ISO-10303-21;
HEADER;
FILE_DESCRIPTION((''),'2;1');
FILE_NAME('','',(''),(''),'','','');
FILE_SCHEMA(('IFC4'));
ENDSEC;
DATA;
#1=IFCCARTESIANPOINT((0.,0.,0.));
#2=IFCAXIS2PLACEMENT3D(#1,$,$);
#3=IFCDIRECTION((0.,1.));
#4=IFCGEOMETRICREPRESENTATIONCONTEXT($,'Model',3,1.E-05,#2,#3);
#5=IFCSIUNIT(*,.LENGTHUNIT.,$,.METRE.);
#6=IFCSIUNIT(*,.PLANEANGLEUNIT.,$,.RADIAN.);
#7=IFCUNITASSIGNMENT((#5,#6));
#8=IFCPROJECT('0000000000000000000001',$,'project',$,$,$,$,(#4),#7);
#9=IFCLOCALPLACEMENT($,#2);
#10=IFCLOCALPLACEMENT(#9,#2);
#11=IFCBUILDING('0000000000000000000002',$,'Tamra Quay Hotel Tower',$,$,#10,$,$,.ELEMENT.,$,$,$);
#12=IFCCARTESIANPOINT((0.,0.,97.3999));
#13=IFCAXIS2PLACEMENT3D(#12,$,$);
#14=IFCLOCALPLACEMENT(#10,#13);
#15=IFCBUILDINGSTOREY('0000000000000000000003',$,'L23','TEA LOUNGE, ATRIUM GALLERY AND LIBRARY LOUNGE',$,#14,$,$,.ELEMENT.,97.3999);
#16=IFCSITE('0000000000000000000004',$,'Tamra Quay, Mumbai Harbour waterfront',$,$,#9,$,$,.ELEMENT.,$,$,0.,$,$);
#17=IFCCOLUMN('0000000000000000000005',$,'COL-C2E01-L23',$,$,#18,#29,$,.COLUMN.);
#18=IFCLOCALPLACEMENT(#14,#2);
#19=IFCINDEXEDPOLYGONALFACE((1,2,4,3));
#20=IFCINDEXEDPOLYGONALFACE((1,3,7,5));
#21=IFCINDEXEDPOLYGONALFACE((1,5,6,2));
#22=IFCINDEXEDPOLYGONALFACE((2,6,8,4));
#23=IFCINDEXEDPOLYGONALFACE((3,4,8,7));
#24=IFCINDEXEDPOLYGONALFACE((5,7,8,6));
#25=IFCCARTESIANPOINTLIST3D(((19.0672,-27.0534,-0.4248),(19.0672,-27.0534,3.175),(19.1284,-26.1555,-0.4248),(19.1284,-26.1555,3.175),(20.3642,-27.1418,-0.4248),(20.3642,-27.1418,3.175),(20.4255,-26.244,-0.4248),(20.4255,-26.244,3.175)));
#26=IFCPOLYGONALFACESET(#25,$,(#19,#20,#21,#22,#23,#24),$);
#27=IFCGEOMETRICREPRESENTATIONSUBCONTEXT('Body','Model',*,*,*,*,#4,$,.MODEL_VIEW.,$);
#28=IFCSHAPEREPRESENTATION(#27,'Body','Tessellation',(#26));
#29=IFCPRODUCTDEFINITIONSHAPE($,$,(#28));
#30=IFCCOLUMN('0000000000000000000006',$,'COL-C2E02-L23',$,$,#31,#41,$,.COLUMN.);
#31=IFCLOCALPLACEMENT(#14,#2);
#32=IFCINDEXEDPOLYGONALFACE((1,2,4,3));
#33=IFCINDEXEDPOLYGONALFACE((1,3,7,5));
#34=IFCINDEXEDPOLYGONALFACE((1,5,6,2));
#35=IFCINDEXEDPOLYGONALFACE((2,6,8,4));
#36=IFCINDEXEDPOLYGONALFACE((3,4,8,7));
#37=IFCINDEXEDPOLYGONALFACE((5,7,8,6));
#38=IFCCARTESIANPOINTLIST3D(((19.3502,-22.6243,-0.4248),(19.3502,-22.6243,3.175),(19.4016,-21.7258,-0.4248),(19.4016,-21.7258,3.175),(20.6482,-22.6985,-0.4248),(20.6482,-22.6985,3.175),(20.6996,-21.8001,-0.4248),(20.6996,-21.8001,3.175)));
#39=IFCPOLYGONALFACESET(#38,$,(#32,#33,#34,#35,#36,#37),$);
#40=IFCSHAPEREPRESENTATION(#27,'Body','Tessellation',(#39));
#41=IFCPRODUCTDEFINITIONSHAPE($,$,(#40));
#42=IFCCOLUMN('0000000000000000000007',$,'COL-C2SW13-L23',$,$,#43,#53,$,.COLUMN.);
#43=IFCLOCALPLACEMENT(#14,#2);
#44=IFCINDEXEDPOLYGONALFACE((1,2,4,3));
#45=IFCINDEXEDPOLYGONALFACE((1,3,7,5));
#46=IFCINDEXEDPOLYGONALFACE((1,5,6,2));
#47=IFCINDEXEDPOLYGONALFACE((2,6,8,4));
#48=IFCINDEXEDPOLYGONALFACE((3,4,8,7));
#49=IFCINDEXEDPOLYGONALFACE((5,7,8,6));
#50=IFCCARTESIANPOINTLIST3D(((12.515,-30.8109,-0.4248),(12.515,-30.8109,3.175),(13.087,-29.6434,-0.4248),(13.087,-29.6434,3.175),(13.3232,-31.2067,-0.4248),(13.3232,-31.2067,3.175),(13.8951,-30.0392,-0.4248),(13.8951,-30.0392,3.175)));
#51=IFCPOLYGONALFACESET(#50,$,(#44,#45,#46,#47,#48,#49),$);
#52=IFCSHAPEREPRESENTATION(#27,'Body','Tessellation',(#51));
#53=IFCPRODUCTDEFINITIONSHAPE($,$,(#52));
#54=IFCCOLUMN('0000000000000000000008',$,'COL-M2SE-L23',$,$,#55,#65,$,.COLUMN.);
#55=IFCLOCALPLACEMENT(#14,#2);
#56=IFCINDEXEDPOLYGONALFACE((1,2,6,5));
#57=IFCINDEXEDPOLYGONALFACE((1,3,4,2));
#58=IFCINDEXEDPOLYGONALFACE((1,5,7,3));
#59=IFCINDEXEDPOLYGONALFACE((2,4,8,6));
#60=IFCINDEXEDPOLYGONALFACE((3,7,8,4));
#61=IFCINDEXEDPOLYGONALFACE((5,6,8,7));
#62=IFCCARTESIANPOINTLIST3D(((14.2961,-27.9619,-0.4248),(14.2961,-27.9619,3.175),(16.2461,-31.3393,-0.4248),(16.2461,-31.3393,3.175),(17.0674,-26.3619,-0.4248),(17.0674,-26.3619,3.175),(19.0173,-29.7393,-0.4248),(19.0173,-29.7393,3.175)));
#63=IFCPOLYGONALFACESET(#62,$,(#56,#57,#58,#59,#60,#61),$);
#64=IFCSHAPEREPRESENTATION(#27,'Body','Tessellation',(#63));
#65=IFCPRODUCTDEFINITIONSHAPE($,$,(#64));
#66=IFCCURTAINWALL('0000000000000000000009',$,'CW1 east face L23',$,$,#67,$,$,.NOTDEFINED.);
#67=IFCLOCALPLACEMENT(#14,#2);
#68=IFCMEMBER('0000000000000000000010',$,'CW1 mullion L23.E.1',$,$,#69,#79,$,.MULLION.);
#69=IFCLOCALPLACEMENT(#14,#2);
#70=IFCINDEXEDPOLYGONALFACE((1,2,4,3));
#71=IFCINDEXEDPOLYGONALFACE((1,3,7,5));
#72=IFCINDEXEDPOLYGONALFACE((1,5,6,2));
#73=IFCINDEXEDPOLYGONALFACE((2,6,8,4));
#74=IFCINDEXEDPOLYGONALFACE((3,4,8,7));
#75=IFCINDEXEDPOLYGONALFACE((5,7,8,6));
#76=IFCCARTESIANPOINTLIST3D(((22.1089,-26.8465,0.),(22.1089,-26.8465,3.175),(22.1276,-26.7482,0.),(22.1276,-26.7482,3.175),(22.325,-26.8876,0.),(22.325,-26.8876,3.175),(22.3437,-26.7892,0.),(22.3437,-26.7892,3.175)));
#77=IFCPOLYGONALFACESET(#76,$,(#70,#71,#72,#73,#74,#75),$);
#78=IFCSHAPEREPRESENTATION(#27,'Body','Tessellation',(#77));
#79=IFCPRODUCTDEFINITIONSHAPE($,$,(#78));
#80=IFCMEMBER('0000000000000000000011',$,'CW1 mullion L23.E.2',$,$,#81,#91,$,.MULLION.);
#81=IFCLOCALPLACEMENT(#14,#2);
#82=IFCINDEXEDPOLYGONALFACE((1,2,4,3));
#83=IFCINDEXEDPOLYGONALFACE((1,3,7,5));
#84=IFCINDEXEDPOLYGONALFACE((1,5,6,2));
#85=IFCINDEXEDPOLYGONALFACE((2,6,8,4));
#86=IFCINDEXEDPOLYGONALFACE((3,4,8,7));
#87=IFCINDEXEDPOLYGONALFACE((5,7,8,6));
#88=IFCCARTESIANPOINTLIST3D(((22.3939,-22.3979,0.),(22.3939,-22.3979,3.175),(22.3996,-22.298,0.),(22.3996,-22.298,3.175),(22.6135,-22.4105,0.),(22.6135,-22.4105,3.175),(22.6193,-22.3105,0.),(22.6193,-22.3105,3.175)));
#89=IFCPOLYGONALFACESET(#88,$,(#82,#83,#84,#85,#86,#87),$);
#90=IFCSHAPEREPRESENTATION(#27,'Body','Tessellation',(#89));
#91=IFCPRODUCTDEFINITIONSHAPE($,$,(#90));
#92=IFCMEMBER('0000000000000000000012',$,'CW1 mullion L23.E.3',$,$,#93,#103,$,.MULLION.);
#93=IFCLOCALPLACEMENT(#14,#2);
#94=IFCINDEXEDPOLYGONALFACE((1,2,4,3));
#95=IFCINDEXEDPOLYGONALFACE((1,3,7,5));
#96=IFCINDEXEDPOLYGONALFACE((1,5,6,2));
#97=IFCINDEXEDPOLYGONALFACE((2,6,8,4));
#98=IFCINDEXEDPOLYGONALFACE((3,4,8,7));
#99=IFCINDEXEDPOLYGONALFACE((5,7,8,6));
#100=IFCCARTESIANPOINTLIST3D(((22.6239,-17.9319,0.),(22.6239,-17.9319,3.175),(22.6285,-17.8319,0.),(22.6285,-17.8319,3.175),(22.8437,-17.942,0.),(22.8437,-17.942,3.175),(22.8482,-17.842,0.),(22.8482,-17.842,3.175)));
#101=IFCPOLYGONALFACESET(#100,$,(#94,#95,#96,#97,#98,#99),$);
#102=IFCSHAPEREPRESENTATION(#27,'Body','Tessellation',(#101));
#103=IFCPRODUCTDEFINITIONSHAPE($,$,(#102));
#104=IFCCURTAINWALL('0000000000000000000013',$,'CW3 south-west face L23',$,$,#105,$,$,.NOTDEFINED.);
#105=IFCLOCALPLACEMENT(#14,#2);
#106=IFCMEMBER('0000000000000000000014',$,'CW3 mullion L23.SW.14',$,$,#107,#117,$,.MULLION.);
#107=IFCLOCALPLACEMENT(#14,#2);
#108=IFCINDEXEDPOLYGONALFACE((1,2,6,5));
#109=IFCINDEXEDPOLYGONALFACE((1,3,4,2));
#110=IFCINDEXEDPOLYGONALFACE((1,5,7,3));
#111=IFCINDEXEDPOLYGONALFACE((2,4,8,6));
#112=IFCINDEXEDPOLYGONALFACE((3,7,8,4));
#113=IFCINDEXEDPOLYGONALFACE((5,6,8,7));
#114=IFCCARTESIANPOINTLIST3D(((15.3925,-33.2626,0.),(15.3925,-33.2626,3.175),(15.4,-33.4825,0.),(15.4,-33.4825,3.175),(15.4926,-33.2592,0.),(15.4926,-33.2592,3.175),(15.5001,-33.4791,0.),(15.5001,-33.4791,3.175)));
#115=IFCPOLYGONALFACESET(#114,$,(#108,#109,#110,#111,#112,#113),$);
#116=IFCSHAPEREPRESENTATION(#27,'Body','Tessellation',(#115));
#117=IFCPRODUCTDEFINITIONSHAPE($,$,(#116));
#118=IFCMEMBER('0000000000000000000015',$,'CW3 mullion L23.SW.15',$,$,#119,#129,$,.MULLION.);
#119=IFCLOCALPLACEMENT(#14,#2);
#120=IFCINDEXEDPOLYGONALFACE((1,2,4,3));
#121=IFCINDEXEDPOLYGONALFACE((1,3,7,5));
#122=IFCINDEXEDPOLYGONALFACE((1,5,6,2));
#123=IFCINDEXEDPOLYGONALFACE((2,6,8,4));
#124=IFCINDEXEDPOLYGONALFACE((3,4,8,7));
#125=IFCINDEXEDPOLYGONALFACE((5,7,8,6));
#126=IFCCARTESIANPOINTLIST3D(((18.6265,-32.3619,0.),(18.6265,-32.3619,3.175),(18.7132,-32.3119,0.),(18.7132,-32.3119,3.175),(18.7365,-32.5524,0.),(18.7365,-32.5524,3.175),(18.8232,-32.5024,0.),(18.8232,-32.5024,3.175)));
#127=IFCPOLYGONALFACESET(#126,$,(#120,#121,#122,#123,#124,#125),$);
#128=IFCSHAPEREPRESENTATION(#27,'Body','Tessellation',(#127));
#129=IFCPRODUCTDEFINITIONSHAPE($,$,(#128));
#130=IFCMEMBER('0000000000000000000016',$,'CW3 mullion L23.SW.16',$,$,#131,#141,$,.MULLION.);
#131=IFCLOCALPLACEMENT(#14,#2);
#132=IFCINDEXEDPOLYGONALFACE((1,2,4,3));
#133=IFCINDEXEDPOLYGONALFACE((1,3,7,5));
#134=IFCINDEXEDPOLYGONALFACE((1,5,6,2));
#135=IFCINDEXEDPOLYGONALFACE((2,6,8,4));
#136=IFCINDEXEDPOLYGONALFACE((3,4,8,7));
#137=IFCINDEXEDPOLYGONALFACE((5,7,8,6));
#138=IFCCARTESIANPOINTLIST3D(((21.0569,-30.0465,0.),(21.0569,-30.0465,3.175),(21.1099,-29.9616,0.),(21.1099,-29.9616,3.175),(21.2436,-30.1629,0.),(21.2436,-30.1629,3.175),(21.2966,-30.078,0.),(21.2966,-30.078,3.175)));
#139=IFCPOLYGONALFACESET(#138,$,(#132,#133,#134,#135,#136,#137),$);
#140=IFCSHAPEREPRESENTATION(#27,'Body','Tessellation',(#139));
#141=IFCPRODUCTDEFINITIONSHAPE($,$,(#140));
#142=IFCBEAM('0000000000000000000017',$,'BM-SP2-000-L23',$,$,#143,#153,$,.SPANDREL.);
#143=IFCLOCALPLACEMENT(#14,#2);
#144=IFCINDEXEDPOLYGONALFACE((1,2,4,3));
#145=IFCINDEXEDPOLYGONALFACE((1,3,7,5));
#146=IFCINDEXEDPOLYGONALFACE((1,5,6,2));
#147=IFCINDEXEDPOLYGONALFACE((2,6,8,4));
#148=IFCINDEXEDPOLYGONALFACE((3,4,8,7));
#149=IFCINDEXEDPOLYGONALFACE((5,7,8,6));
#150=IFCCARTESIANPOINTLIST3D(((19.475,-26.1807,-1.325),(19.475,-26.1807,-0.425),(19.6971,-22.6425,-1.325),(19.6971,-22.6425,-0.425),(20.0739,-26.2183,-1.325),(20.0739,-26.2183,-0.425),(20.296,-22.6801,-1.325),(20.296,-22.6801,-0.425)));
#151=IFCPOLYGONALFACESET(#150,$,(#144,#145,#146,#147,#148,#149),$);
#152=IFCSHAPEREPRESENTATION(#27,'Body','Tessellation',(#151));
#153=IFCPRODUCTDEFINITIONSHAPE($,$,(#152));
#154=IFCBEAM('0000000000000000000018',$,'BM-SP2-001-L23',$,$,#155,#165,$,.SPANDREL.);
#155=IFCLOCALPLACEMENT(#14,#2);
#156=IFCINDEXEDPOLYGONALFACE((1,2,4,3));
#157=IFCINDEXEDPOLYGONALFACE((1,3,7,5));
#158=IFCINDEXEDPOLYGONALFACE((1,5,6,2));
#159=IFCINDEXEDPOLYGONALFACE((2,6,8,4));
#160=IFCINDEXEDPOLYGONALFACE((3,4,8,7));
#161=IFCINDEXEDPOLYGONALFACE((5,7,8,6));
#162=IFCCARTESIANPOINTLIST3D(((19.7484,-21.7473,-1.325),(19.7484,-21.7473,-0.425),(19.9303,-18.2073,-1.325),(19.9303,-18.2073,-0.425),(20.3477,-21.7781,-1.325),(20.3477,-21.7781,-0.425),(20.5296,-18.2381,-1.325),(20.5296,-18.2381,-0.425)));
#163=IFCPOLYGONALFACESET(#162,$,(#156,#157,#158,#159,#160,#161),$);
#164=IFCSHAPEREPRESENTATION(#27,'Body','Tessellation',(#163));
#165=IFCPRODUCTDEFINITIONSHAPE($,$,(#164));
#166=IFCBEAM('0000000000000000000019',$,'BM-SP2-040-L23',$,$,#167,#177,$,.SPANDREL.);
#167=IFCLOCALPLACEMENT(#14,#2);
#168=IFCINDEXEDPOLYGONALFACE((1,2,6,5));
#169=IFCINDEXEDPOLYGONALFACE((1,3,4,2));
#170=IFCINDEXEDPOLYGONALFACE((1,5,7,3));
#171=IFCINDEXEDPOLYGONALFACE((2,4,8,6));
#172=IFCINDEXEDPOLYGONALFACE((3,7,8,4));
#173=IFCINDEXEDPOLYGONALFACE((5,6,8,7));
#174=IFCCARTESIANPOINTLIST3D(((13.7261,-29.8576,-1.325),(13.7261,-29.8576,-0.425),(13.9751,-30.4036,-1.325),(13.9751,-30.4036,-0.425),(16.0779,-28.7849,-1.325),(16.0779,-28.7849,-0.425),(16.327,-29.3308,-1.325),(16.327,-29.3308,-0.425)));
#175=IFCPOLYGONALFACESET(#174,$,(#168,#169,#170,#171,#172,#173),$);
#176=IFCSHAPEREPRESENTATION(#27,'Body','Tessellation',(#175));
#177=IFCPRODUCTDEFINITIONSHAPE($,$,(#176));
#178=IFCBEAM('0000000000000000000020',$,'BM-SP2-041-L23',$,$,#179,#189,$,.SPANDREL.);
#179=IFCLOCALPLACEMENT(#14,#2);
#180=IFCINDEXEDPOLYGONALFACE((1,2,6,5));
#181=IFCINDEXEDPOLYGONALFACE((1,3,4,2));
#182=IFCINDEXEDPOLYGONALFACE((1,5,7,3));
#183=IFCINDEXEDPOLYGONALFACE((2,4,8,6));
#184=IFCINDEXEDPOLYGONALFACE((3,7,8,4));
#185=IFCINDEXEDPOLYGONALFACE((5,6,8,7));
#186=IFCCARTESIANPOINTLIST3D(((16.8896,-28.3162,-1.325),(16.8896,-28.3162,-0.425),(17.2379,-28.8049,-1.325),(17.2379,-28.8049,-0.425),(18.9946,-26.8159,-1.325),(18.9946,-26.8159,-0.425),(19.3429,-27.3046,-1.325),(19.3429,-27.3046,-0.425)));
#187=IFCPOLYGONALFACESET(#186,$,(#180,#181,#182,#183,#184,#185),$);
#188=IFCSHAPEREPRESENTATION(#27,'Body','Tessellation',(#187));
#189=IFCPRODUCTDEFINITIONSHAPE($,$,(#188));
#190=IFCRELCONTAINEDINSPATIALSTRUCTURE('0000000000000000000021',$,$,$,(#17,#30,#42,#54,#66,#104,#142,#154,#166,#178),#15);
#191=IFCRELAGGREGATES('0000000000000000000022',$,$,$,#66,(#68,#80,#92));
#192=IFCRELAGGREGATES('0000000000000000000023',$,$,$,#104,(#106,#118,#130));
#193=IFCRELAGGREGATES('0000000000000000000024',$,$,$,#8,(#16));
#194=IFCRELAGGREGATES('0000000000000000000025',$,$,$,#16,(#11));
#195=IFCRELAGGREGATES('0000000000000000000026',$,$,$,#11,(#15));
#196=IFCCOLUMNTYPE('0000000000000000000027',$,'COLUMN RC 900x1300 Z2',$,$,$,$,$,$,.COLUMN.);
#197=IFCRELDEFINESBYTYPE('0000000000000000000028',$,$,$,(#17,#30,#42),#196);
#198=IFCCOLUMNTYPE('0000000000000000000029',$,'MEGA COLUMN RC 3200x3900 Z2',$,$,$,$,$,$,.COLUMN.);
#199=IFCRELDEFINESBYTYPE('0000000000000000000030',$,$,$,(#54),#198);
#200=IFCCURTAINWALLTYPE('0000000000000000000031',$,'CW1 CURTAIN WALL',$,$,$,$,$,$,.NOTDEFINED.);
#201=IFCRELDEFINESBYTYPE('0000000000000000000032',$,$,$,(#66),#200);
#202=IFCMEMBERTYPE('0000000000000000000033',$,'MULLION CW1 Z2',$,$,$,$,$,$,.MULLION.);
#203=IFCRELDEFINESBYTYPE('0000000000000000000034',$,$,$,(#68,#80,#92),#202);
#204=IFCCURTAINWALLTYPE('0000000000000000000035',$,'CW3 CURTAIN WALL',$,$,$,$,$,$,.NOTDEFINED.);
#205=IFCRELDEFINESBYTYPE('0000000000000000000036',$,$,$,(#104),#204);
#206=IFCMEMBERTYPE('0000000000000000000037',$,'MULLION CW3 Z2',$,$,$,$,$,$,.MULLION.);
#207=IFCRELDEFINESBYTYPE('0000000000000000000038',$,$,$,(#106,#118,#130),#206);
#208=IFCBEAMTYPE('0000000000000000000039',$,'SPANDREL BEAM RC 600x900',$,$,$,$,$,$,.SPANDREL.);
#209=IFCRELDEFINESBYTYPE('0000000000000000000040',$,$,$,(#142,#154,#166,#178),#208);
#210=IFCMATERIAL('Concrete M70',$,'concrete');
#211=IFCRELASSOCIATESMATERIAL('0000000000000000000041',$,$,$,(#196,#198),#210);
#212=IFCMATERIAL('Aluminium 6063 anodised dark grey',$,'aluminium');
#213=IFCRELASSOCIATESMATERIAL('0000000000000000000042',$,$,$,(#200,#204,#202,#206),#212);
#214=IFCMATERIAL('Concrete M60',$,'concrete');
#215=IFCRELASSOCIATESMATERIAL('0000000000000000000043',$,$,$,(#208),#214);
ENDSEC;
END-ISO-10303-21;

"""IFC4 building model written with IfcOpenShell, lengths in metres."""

from ifc_helpers import new_model, si_unit, direction, frame, origin, origin_2d, place, context, subcontext, project, spatial, rectangle, extrude, material, material_profile, profile_set, type_object, element, aggregate, save


model = new_model("IFC4")

# Units and contexts
model_context = context("Model", 3, precision=1e-05, world=origin(), true_north=direction((0.0, 1.0)))
body_context = subcontext(model_context, "Body", "Model", "MODEL_VIEW")
ifc_project = project(units=[si_unit("LENGTHUNIT", "METRE"), si_unit("PLANEANGLEUNIT", "RADIAN")], contexts=[model_context])

# Site, building, storey
site_placement = place(None, origin())
site = spatial("IfcSite", under=ifc_project, at=site_placement, Name="Tamra Quay, Mumbai Harbour waterfront", CompositionType="ELEMENT", RefElevation=0.0)
building_placement = place(site_placement, origin())
building = spatial("IfcBuilding", under=site, at=building_placement, Name="Tamra Quay Hotel Tower", CompositionType="ELEMENT")
storey_placement = place(building_placement, frame((0.0, 0.0, 97.3999)))
storey = spatial("IfcBuildingStorey", under=building, at=storey_placement, Name="L23", Description="TEA LOUNGE, ATRIUM GALLERY AND LIBRARY LOUNGE", CompositionType="ELEMENT", Elevation=97.3999)

# Columns
ifc_material_1 = material(Name="Concrete M70", Category="concrete")
ifc_material_profile_1 = material_profile(ifc_material_1, rectangle(XDim=1.3, YDim=0.8999, at=origin_2d()), Name="COLUMN RC 900x1300 Z2")
ifc_profile_set_1 = profile_set([ifc_material_profile_1], Name="Concrete M70")
column_type_1 = type_object("IfcColumnType", Name="COLUMN RC 900x1300 Z2", PredefinedType="COLUMN", material=ifc_profile_set_1)
for number, where, z_axis, x_axis, name in (
    (1, (19.7463, -26.6487, -0.4248), (0.0, 0.0, 1.0), (-0.997682, 0.068041, 0.0), "COL-C2E01-L23"),
    (2, (20.0249, -22.2122, -0.4248), (0.0, 0.0, 1.0), (-0.998368, 0.057108, 0.0), "COL-C2E02-L23"),
    (3, (13.2051, -30.425, -0.4248), (0.0, 0.0, 1.0), (0.439916, 0.898039, 0.0), "COL-C2SW13-L23"),
):
    element("IfcColumn", number, at=place(storey_placement, frame(where, z_axis=z_axis, x_axis=x_axis)), inside=storey, type_object=column_type_1, Name=name, PredefinedType="COLUMN", context=body_context, shape_type="SweptSolid", body=[
        extrude(rectangle(XDim=1.3, YDim=0.8999, at=origin_2d()), origin(), (0.0, 0.0, 1.0), 3.5999),
    ])
ifc_material_profile_2 = material_profile(ifc_material_1, rectangle(XDim=3.8999, YDim=3.2, at=origin_2d()), Name="MEGA COLUMN RC 3200x3900 Z2")
ifc_profile_set_2 = profile_set([ifc_material_profile_2], Name="Concrete M70")
column_type_2 = type_object("IfcColumnType", Name="MEGA COLUMN RC 3200x3900 Z2", PredefinedType="COLUMN", material=ifc_profile_set_2)
column_placement = place(storey_placement, frame((16.6567, -28.8506, -0.4248), z_axis=(0.0, 0.0, 1.0), x_axis=(-0.5, 0.866025, 0.0)))
element("IfcColumn", 4, at=column_placement, inside=storey, type_object=column_type_2, Name="COL-M2SE-L23", PredefinedType="COLUMN", context=body_context, shape_type="SweptSolid", body=[
    extrude(rectangle(XDim=3.8999, YDim=3.2, at=origin_2d()), origin(), (0.0, 0.0, 1.0), 3.5999),
])

# Curtain walls, members
ifc_material_2 = material(Name="Aluminium 6063 anodised dark grey", Category="aluminium")
curtain_wall_type_1 = type_object("IfcCurtainWallType", Name="CW1 CURTAIN WALL", PredefinedType="NOTDEFINED", material=ifc_material_2)
curtain_wall_1_placement = place(storey_placement, origin())
curtain_wall_1 = element("IfcCurtainWall", 5, at=curtain_wall_1_placement, inside=storey, type_object=curtain_wall_type_1, Name="CW1 east face L23", PredefinedType="NOTDEFINED")
ifc_material_profile_3 = material_profile(ifc_material_2, rectangle(XDim=0.22, YDim=0.1001, at=origin_2d()), Name="MULLION 100X220")
ifc_profile_set_3 = profile_set([ifc_material_profile_3], Name="Aluminium 6063 anodised dark grey")
member_type_1 = type_object("IfcMemberType", Name="MULLION CW1 Z2", PredefinedType="MULLION", material=ifc_profile_set_3)
member_1_placement = place(storey_placement, frame((22.2263, -26.8179, 0.0), z_axis=(0.0, 0.0, 1.0), x_axis=(0.982419, -0.186689, 0.0)))
member_1 = element("IfcMember", 6, at=member_1_placement, type_object=member_type_1, Name="CW1 mullion L23.E.1", PredefinedType="MULLION", context=body_context, shape_type="SweptSolid", body=[
    extrude(rectangle(XDim=0.22, YDim=0.1001, at=origin_2d()), origin(), (0.0, 0.0, 1.0), 3.175),
])
member_2_placement = place(storey_placement, frame((22.5066, -22.3542, 0.0), z_axis=(0.0, 0.0, 1.0), x_axis=(0.998374, -0.056996, 0.0)))
member_2 = element("IfcMember", 7, at=member_2_placement, type_object=member_type_1, Name="CW1 mullion L23.E.2", PredefinedType="MULLION", context=body_context, shape_type="SweptSolid", body=[
    extrude(rectangle(XDim=0.22, YDim=0.1001, at=origin_2d()), origin(), (0.0, 0.0, 1.0), 3.175),
])
member_3_placement = place(storey_placement, frame((22.7361, -17.887, 0.0), z_axis=(0.0, 0.0, 1.0), x_axis=(0.998958, -0.045633, 0.0)))
member_3 = element("IfcMember", 8, at=member_3_placement, type_object=member_type_1, Name="CW1 mullion L23.E.3", PredefinedType="MULLION", context=body_context, shape_type="SweptSolid", body=[
    extrude(rectangle(XDim=0.22, YDim=0.1001, at=origin_2d()), origin(), (0.0, 0.0, 1.0), 3.175),
])
curtain_wall_type_2 = type_object("IfcCurtainWallType", Name="CW3 CURTAIN WALL", PredefinedType="NOTDEFINED", material=ifc_material_2)
curtain_wall_2_placement = place(storey_placement, origin())
curtain_wall_2 = element("IfcCurtainWall", 9, at=curtain_wall_2_placement, inside=storey, type_object=curtain_wall_type_2, Name="CW3 south-west face L23", PredefinedType="NOTDEFINED")
ifc_material_profile_4 = material_profile(ifc_material_2, rectangle(XDim=0.22, YDim=0.1001, at=origin_2d()), Name="MULLION 100X220")
ifc_profile_set_4 = profile_set([ifc_material_profile_4], Name="Aluminium 6063 anodised dark grey")
member_type_2 = type_object("IfcMemberType", Name="MULLION CW3 Z2", PredefinedType="MULLION", material=ifc_profile_set_4)
member_4_placement = place(storey_placement, frame((15.4463, -33.3708, 0.0), z_axis=(0.0, 0.0, 1.0), x_axis=(0.034041, -0.99942, 0.0)))
member_4 = element("IfcMember", 10, at=member_4_placement, type_object=member_type_2, Name="CW3 mullion L23.SW.14", PredefinedType="MULLION", context=body_context, shape_type="SweptSolid", body=[
    extrude(rectangle(XDim=0.22, YDim=0.1001, at=origin_2d()), origin(), (0.0, 0.0, 1.0), 3.175),
])
member_5_placement = place(storey_placement, frame((18.7249, -32.4321, 0.0), z_axis=(0.0, 0.0, 1.0), x_axis=(0.5, -0.866025, 0.0)))
member_5 = element("IfcMember", 11, at=member_5_placement, type_object=member_type_2, Name="CW3 mullion L23.SW.15", PredefinedType="MULLION", context=body_context, shape_type="SweptSolid", body=[
    extrude(rectangle(XDim=0.22, YDim=0.1001, at=origin_2d()), origin(), (0.0, 0.0, 1.0), 3.175),
])
member_6_placement = place(storey_placement, frame((21.1768, -30.0623, 0.0), z_axis=(0.0, 0.0, 1.0), x_axis=(0.848503, -0.52919, 0.0)))
member_6 = element("IfcMember", 12, at=member_6_placement, type_object=member_type_2, Name="CW3 mullion L23.SW.16", PredefinedType="MULLION", context=body_context, shape_type="SweptSolid", body=[
    extrude(rectangle(XDim=0.22, YDim=0.1001, at=origin_2d()), origin(), (0.0, 0.0, 1.0), 3.175),
])

# Beams
ifc_material_3 = material(Name="Concrete M60", Category="concrete")
ifc_material_profile_5 = material_profile(ifc_material_3, rectangle(XDim=0.6001, YDim=0.8999, at=origin_2d()), Name="SPANDREL BEAM RC 600x900")
ifc_profile_set_5 = profile_set([ifc_material_profile_5], Name="Concrete M60")
beam_type = type_object("IfcBeamType", Name="SPANDREL BEAM RC 600x900", PredefinedType="SPANDREL", material=ifc_profile_set_5)
beam_1_placement = place(storey_placement, frame((19.7744, -26.1995, -0.875), z_axis=(0.06267, 0.998034, 0.0), x_axis=(-0.998034, 0.06267, 0.0)))
element("IfcBeam", 13, at=beam_1_placement, inside=storey, type_object=beam_type, Name="BM-SP2-000-L23", PredefinedType="SPANDREL", context=body_context, shape_type="SweptSolid", body=[
    extrude(rectangle(XDim=0.6001, YDim=0.8999, at=origin_2d()), origin(), (0.0, 0.0, 1.0), 3.5452),
])
beam_2_placement = place(storey_placement, frame((20.0481, -21.7627, -0.875), z_axis=(0.051312, 0.998683, 0.0), x_axis=(-0.998683, 0.051312, 0.0)))
element("IfcBeam", 14, at=beam_2_placement, inside=storey, type_object=beam_type, Name="BM-SP2-001-L23", PredefinedType="SPANDREL", context=body_context, shape_type="SweptSolid", body=[
    extrude(rectangle(XDim=0.6001, YDim=0.8999, at=origin_2d()), origin(), (0.0, 0.0, 1.0), 3.5447),
])
for number, where, z_axis, x_axis, name in (
    (15, (13.8506, -30.1306, -0.875), (0.909819, 0.415005, 0.0), (-0.415005, 0.909819, 0.0), "BM-SP2-040-L23"),
    (16, (17.0637, -28.5605, -0.875), (0.814339, 0.580389, 0.0), (-0.580389, 0.814339, 0.0), "BM-SP2-041-L23"),
):
    element("IfcBeam", number, at=place(storey_placement, frame(where, z_axis=z_axis, x_axis=x_axis)), inside=storey, type_object=beam_type, Name=name, PredefinedType="SPANDREL", context=body_context, shape_type="SweptSolid", body=[
        extrude(rectangle(XDim=0.6001, YDim=0.8999, at=origin_2d()), origin(), (0.0, 0.0, 1.0), 2.585),
    ])

aggregate(curtain_wall_1, [member_1, member_2, member_3])
aggregate(curtain_wall_2, [member_4, member_5, member_6])

save(model, "model.ifc")
